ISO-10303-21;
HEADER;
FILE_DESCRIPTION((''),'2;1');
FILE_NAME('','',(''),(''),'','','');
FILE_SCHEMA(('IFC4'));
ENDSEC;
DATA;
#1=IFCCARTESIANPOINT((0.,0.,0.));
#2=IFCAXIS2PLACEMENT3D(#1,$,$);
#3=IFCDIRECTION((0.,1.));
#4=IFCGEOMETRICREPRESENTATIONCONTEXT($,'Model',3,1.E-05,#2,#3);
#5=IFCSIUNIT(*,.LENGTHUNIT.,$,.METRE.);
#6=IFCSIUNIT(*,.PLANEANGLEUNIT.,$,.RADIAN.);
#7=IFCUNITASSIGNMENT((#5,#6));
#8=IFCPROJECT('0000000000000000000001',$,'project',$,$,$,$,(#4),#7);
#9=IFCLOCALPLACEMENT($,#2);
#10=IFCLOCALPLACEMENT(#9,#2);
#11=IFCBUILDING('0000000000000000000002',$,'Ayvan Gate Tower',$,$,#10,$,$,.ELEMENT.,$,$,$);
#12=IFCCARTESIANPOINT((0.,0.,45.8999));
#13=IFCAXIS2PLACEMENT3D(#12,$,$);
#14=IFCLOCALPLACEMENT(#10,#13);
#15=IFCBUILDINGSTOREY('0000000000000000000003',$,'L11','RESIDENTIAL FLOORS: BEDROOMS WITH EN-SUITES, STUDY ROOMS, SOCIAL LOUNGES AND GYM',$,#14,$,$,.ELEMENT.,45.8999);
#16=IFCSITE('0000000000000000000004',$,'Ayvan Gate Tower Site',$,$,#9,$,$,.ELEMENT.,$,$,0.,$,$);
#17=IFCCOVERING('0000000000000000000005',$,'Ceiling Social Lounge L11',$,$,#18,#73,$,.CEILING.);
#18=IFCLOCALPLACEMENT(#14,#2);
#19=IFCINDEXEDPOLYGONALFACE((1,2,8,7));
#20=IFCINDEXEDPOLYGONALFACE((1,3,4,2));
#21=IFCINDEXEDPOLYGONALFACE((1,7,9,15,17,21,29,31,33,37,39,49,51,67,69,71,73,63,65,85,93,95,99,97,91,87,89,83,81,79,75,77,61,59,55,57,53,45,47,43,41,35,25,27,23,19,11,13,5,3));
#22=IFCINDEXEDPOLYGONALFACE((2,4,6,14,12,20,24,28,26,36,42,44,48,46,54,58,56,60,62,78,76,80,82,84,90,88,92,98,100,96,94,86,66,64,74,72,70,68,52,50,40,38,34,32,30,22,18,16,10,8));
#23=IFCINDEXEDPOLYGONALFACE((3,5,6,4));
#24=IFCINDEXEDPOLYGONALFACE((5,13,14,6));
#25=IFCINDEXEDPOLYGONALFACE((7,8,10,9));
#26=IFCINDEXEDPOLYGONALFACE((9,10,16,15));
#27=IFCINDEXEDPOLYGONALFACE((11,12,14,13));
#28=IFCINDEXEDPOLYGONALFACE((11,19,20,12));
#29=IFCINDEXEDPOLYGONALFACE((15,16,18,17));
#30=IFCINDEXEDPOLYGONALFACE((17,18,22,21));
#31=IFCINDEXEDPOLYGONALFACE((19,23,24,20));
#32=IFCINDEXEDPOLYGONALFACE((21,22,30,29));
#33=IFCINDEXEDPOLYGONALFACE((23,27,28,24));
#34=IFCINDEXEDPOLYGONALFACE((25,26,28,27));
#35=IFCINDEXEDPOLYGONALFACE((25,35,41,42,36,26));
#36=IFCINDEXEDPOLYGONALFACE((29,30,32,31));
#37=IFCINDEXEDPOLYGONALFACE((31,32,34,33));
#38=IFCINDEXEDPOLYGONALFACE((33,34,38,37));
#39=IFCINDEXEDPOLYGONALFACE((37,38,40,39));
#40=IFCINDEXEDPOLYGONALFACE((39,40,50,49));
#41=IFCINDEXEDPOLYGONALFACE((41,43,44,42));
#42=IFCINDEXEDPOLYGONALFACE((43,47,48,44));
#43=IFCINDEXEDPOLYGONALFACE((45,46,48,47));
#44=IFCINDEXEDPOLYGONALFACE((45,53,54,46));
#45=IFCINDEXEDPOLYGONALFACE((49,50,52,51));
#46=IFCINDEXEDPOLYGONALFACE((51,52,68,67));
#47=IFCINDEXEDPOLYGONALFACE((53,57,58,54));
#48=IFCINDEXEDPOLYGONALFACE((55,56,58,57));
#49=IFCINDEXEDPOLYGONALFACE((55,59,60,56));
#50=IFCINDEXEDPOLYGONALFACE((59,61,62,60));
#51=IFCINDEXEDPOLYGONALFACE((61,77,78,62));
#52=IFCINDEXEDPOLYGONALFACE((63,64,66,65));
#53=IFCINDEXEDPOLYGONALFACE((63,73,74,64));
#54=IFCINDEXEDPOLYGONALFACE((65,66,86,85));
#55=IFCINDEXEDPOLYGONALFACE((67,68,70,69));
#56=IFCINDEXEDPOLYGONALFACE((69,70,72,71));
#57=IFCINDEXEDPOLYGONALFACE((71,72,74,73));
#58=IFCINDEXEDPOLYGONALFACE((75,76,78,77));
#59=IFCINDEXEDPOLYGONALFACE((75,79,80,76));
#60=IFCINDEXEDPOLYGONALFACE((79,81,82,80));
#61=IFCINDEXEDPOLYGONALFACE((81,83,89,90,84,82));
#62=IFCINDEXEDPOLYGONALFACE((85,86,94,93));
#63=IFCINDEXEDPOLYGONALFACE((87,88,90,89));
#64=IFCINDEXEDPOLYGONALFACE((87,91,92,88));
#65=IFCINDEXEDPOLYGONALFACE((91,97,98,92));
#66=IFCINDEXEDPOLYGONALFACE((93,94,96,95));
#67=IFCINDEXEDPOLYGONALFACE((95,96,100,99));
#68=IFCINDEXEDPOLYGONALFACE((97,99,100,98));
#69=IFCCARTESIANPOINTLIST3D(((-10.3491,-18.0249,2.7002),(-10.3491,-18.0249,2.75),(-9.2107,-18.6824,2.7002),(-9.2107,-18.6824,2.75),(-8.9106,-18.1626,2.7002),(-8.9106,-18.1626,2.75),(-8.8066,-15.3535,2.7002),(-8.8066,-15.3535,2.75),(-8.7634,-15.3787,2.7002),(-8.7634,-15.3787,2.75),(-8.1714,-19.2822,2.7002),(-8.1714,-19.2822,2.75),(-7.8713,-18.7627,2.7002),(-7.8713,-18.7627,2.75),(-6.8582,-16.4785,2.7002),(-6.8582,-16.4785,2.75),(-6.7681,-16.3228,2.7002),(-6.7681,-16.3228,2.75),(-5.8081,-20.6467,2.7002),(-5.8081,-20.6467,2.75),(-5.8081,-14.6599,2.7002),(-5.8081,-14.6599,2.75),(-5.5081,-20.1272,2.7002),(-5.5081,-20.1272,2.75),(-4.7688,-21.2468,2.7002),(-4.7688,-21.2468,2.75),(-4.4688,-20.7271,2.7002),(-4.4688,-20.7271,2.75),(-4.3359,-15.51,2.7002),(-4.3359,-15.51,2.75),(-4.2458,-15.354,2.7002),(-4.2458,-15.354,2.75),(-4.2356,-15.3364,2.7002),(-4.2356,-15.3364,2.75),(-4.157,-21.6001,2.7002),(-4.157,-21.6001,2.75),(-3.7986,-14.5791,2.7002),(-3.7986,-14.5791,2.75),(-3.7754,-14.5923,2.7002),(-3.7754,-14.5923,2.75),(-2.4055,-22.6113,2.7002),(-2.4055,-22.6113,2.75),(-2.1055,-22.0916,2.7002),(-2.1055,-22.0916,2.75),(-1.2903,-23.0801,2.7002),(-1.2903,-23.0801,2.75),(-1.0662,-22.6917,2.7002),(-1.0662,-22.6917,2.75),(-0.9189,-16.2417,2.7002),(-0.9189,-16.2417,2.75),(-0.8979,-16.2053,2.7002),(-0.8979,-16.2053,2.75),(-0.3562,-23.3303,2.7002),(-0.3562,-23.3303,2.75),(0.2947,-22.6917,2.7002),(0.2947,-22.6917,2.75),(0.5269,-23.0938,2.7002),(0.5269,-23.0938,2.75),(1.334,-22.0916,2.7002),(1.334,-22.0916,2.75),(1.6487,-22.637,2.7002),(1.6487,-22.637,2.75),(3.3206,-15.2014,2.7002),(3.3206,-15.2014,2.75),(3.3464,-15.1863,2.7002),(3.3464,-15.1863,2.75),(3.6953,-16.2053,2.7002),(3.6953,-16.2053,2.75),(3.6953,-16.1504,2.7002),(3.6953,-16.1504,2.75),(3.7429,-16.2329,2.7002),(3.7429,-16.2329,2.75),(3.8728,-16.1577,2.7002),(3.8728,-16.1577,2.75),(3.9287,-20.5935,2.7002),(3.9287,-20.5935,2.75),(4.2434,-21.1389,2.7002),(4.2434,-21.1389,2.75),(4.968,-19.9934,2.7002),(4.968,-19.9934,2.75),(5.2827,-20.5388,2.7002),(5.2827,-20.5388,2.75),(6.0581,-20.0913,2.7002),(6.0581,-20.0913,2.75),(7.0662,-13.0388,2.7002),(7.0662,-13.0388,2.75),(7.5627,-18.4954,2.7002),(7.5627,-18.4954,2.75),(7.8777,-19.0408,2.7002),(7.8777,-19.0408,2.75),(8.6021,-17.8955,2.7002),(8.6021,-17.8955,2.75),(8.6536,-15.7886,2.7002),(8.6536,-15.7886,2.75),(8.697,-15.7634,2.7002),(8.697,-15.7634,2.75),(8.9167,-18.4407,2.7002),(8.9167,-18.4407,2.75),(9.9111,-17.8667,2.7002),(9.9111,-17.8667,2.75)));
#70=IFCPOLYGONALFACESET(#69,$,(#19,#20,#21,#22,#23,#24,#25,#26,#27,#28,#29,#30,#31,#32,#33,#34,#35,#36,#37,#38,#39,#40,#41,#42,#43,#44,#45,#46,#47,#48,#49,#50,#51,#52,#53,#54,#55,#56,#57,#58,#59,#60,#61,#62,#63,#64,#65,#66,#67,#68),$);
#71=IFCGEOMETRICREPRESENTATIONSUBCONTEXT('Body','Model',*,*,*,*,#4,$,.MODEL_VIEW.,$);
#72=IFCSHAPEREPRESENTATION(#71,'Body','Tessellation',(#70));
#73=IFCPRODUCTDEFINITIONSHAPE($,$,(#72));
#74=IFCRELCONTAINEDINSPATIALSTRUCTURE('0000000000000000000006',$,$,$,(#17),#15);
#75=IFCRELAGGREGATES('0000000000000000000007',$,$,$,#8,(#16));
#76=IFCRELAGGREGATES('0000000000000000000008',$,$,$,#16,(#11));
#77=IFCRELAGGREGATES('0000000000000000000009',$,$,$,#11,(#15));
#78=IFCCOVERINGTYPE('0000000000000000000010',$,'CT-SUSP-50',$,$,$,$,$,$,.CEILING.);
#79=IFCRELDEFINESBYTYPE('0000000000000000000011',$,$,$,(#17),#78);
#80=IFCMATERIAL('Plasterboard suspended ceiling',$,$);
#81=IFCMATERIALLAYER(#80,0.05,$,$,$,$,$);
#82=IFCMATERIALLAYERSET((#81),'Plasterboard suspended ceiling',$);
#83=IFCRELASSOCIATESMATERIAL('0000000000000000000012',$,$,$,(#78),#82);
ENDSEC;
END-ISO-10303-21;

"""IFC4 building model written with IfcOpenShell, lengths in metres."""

from ifc_helpers import new_model, si_unit, direction, frame, origin, place, context, subcontext, project, spatial, polyline, outline, extrude, material, layer, layer_set, type_object, element, save


model = new_model("IFC4")

# Units and contexts
model_context = context("Model", 3, precision=1e-05, world=origin(), true_north=direction((0.0, 1.0)))
body_context = subcontext(model_context, "Body", "Model", "MODEL_VIEW")
ifc_project = project(units=[si_unit("LENGTHUNIT", "METRE"), si_unit("PLANEANGLEUNIT", "RADIAN")], contexts=[model_context])

# Site, building, storey
site_placement = place(None, origin())
site = spatial("IfcSite", under=ifc_project, at=site_placement, Name="Ayvan Gate Tower Site", CompositionType="ELEMENT", RefElevation=0.0)
building_placement = place(site_placement, origin())
building = spatial("IfcBuilding", under=site, at=building_placement, Name="Ayvan Gate Tower", CompositionType="ELEMENT")
storey_placement = place(building_placement, frame((0.0, 0.0, 45.8999)))
storey = spatial("IfcBuildingStorey", under=building, at=storey_placement, Name="L11", Description="RESIDENTIAL FLOORS: BEDROOMS WITH EN-SUITES, STUDY ROOMS, SOCIAL LOUNGES AND GYM", CompositionType="ELEMENT", Elevation=45.8999)

# Covering
ifc_material_1 = material(Name="Plasterboard suspended ceiling")
ifc_layer_1 = layer(ifc_material_1, 0.05)
ifc_layer_set_1 = layer_set([ifc_layer_1], Name="Plasterboard suspended ceiling")
covering_type = type_object("IfcCoveringType", Name="CT-SUSP-50", PredefinedType="CEILING", material=ifc_layer_set_1)
covering_1_placement = place(storey_placement, frame((0.0, 0.0, 2.7002)))
element("IfcCovering", 1, at=covering_1_placement, inside=storey, type_object=covering_type, Name="Ceiling Social Lounge L11", PredefinedType="CEILING", context=body_context, shape_type="SweptSolid", body=[
    extrude(outline(polyline([(-6.8582, -16.4785), (-6.7681, -16.3228), (-5.8081, -14.6599), (-4.3359, -15.51), (-4.2458, -15.354), (-4.2356, -15.3364), (-3.7986, -14.5791), (-3.7754, -14.5923), (-0.9189, -16.2417), (-0.8979, -16.2053), (3.6953, -16.2053), (3.6953, -16.1504), (3.7429, -16.2329), (3.8728, -16.1577), (3.3206, -15.2014), (3.3464, -15.1863), (7.0662, -13.0388), (8.6536, -15.7886), (8.697, -15.7634), (9.9111, -17.8667), (8.9167, -18.4407), (8.6021, -17.8955), (7.5627, -18.4954), (7.8777, -19.0408), (6.0581, -20.0913), (5.2827, -20.5388), (4.968, -19.9934), (3.9287, -20.5935), (4.2434, -21.1389), (1.6487, -22.637), (1.334, -22.0916), (0.2947, -22.6917), (0.5269, -23.0938), (-0.3562, -23.3303), (-1.2903, -23.0801), (-1.0662, -22.6917), (-2.1055, -22.0916), (-2.4055, -22.6113), (-4.157, -21.6001), (-4.7688, -21.2468), (-4.4688, -20.7271), (-5.5081, -20.1272), (-5.8081, -20.6467), (-8.1714, -19.2822), (-7.8713, -18.7627), (-8.9106, -18.1626), (-9.2107, -18.6824), (-10.3491, -18.0249), (-8.8066, -15.3535), (-8.7634, -15.3787), (-6.8582, -16.4785)])), origin(), (0.0, 0.0, 1.0), 0.0498),
])

save(model, "model.ifc")
